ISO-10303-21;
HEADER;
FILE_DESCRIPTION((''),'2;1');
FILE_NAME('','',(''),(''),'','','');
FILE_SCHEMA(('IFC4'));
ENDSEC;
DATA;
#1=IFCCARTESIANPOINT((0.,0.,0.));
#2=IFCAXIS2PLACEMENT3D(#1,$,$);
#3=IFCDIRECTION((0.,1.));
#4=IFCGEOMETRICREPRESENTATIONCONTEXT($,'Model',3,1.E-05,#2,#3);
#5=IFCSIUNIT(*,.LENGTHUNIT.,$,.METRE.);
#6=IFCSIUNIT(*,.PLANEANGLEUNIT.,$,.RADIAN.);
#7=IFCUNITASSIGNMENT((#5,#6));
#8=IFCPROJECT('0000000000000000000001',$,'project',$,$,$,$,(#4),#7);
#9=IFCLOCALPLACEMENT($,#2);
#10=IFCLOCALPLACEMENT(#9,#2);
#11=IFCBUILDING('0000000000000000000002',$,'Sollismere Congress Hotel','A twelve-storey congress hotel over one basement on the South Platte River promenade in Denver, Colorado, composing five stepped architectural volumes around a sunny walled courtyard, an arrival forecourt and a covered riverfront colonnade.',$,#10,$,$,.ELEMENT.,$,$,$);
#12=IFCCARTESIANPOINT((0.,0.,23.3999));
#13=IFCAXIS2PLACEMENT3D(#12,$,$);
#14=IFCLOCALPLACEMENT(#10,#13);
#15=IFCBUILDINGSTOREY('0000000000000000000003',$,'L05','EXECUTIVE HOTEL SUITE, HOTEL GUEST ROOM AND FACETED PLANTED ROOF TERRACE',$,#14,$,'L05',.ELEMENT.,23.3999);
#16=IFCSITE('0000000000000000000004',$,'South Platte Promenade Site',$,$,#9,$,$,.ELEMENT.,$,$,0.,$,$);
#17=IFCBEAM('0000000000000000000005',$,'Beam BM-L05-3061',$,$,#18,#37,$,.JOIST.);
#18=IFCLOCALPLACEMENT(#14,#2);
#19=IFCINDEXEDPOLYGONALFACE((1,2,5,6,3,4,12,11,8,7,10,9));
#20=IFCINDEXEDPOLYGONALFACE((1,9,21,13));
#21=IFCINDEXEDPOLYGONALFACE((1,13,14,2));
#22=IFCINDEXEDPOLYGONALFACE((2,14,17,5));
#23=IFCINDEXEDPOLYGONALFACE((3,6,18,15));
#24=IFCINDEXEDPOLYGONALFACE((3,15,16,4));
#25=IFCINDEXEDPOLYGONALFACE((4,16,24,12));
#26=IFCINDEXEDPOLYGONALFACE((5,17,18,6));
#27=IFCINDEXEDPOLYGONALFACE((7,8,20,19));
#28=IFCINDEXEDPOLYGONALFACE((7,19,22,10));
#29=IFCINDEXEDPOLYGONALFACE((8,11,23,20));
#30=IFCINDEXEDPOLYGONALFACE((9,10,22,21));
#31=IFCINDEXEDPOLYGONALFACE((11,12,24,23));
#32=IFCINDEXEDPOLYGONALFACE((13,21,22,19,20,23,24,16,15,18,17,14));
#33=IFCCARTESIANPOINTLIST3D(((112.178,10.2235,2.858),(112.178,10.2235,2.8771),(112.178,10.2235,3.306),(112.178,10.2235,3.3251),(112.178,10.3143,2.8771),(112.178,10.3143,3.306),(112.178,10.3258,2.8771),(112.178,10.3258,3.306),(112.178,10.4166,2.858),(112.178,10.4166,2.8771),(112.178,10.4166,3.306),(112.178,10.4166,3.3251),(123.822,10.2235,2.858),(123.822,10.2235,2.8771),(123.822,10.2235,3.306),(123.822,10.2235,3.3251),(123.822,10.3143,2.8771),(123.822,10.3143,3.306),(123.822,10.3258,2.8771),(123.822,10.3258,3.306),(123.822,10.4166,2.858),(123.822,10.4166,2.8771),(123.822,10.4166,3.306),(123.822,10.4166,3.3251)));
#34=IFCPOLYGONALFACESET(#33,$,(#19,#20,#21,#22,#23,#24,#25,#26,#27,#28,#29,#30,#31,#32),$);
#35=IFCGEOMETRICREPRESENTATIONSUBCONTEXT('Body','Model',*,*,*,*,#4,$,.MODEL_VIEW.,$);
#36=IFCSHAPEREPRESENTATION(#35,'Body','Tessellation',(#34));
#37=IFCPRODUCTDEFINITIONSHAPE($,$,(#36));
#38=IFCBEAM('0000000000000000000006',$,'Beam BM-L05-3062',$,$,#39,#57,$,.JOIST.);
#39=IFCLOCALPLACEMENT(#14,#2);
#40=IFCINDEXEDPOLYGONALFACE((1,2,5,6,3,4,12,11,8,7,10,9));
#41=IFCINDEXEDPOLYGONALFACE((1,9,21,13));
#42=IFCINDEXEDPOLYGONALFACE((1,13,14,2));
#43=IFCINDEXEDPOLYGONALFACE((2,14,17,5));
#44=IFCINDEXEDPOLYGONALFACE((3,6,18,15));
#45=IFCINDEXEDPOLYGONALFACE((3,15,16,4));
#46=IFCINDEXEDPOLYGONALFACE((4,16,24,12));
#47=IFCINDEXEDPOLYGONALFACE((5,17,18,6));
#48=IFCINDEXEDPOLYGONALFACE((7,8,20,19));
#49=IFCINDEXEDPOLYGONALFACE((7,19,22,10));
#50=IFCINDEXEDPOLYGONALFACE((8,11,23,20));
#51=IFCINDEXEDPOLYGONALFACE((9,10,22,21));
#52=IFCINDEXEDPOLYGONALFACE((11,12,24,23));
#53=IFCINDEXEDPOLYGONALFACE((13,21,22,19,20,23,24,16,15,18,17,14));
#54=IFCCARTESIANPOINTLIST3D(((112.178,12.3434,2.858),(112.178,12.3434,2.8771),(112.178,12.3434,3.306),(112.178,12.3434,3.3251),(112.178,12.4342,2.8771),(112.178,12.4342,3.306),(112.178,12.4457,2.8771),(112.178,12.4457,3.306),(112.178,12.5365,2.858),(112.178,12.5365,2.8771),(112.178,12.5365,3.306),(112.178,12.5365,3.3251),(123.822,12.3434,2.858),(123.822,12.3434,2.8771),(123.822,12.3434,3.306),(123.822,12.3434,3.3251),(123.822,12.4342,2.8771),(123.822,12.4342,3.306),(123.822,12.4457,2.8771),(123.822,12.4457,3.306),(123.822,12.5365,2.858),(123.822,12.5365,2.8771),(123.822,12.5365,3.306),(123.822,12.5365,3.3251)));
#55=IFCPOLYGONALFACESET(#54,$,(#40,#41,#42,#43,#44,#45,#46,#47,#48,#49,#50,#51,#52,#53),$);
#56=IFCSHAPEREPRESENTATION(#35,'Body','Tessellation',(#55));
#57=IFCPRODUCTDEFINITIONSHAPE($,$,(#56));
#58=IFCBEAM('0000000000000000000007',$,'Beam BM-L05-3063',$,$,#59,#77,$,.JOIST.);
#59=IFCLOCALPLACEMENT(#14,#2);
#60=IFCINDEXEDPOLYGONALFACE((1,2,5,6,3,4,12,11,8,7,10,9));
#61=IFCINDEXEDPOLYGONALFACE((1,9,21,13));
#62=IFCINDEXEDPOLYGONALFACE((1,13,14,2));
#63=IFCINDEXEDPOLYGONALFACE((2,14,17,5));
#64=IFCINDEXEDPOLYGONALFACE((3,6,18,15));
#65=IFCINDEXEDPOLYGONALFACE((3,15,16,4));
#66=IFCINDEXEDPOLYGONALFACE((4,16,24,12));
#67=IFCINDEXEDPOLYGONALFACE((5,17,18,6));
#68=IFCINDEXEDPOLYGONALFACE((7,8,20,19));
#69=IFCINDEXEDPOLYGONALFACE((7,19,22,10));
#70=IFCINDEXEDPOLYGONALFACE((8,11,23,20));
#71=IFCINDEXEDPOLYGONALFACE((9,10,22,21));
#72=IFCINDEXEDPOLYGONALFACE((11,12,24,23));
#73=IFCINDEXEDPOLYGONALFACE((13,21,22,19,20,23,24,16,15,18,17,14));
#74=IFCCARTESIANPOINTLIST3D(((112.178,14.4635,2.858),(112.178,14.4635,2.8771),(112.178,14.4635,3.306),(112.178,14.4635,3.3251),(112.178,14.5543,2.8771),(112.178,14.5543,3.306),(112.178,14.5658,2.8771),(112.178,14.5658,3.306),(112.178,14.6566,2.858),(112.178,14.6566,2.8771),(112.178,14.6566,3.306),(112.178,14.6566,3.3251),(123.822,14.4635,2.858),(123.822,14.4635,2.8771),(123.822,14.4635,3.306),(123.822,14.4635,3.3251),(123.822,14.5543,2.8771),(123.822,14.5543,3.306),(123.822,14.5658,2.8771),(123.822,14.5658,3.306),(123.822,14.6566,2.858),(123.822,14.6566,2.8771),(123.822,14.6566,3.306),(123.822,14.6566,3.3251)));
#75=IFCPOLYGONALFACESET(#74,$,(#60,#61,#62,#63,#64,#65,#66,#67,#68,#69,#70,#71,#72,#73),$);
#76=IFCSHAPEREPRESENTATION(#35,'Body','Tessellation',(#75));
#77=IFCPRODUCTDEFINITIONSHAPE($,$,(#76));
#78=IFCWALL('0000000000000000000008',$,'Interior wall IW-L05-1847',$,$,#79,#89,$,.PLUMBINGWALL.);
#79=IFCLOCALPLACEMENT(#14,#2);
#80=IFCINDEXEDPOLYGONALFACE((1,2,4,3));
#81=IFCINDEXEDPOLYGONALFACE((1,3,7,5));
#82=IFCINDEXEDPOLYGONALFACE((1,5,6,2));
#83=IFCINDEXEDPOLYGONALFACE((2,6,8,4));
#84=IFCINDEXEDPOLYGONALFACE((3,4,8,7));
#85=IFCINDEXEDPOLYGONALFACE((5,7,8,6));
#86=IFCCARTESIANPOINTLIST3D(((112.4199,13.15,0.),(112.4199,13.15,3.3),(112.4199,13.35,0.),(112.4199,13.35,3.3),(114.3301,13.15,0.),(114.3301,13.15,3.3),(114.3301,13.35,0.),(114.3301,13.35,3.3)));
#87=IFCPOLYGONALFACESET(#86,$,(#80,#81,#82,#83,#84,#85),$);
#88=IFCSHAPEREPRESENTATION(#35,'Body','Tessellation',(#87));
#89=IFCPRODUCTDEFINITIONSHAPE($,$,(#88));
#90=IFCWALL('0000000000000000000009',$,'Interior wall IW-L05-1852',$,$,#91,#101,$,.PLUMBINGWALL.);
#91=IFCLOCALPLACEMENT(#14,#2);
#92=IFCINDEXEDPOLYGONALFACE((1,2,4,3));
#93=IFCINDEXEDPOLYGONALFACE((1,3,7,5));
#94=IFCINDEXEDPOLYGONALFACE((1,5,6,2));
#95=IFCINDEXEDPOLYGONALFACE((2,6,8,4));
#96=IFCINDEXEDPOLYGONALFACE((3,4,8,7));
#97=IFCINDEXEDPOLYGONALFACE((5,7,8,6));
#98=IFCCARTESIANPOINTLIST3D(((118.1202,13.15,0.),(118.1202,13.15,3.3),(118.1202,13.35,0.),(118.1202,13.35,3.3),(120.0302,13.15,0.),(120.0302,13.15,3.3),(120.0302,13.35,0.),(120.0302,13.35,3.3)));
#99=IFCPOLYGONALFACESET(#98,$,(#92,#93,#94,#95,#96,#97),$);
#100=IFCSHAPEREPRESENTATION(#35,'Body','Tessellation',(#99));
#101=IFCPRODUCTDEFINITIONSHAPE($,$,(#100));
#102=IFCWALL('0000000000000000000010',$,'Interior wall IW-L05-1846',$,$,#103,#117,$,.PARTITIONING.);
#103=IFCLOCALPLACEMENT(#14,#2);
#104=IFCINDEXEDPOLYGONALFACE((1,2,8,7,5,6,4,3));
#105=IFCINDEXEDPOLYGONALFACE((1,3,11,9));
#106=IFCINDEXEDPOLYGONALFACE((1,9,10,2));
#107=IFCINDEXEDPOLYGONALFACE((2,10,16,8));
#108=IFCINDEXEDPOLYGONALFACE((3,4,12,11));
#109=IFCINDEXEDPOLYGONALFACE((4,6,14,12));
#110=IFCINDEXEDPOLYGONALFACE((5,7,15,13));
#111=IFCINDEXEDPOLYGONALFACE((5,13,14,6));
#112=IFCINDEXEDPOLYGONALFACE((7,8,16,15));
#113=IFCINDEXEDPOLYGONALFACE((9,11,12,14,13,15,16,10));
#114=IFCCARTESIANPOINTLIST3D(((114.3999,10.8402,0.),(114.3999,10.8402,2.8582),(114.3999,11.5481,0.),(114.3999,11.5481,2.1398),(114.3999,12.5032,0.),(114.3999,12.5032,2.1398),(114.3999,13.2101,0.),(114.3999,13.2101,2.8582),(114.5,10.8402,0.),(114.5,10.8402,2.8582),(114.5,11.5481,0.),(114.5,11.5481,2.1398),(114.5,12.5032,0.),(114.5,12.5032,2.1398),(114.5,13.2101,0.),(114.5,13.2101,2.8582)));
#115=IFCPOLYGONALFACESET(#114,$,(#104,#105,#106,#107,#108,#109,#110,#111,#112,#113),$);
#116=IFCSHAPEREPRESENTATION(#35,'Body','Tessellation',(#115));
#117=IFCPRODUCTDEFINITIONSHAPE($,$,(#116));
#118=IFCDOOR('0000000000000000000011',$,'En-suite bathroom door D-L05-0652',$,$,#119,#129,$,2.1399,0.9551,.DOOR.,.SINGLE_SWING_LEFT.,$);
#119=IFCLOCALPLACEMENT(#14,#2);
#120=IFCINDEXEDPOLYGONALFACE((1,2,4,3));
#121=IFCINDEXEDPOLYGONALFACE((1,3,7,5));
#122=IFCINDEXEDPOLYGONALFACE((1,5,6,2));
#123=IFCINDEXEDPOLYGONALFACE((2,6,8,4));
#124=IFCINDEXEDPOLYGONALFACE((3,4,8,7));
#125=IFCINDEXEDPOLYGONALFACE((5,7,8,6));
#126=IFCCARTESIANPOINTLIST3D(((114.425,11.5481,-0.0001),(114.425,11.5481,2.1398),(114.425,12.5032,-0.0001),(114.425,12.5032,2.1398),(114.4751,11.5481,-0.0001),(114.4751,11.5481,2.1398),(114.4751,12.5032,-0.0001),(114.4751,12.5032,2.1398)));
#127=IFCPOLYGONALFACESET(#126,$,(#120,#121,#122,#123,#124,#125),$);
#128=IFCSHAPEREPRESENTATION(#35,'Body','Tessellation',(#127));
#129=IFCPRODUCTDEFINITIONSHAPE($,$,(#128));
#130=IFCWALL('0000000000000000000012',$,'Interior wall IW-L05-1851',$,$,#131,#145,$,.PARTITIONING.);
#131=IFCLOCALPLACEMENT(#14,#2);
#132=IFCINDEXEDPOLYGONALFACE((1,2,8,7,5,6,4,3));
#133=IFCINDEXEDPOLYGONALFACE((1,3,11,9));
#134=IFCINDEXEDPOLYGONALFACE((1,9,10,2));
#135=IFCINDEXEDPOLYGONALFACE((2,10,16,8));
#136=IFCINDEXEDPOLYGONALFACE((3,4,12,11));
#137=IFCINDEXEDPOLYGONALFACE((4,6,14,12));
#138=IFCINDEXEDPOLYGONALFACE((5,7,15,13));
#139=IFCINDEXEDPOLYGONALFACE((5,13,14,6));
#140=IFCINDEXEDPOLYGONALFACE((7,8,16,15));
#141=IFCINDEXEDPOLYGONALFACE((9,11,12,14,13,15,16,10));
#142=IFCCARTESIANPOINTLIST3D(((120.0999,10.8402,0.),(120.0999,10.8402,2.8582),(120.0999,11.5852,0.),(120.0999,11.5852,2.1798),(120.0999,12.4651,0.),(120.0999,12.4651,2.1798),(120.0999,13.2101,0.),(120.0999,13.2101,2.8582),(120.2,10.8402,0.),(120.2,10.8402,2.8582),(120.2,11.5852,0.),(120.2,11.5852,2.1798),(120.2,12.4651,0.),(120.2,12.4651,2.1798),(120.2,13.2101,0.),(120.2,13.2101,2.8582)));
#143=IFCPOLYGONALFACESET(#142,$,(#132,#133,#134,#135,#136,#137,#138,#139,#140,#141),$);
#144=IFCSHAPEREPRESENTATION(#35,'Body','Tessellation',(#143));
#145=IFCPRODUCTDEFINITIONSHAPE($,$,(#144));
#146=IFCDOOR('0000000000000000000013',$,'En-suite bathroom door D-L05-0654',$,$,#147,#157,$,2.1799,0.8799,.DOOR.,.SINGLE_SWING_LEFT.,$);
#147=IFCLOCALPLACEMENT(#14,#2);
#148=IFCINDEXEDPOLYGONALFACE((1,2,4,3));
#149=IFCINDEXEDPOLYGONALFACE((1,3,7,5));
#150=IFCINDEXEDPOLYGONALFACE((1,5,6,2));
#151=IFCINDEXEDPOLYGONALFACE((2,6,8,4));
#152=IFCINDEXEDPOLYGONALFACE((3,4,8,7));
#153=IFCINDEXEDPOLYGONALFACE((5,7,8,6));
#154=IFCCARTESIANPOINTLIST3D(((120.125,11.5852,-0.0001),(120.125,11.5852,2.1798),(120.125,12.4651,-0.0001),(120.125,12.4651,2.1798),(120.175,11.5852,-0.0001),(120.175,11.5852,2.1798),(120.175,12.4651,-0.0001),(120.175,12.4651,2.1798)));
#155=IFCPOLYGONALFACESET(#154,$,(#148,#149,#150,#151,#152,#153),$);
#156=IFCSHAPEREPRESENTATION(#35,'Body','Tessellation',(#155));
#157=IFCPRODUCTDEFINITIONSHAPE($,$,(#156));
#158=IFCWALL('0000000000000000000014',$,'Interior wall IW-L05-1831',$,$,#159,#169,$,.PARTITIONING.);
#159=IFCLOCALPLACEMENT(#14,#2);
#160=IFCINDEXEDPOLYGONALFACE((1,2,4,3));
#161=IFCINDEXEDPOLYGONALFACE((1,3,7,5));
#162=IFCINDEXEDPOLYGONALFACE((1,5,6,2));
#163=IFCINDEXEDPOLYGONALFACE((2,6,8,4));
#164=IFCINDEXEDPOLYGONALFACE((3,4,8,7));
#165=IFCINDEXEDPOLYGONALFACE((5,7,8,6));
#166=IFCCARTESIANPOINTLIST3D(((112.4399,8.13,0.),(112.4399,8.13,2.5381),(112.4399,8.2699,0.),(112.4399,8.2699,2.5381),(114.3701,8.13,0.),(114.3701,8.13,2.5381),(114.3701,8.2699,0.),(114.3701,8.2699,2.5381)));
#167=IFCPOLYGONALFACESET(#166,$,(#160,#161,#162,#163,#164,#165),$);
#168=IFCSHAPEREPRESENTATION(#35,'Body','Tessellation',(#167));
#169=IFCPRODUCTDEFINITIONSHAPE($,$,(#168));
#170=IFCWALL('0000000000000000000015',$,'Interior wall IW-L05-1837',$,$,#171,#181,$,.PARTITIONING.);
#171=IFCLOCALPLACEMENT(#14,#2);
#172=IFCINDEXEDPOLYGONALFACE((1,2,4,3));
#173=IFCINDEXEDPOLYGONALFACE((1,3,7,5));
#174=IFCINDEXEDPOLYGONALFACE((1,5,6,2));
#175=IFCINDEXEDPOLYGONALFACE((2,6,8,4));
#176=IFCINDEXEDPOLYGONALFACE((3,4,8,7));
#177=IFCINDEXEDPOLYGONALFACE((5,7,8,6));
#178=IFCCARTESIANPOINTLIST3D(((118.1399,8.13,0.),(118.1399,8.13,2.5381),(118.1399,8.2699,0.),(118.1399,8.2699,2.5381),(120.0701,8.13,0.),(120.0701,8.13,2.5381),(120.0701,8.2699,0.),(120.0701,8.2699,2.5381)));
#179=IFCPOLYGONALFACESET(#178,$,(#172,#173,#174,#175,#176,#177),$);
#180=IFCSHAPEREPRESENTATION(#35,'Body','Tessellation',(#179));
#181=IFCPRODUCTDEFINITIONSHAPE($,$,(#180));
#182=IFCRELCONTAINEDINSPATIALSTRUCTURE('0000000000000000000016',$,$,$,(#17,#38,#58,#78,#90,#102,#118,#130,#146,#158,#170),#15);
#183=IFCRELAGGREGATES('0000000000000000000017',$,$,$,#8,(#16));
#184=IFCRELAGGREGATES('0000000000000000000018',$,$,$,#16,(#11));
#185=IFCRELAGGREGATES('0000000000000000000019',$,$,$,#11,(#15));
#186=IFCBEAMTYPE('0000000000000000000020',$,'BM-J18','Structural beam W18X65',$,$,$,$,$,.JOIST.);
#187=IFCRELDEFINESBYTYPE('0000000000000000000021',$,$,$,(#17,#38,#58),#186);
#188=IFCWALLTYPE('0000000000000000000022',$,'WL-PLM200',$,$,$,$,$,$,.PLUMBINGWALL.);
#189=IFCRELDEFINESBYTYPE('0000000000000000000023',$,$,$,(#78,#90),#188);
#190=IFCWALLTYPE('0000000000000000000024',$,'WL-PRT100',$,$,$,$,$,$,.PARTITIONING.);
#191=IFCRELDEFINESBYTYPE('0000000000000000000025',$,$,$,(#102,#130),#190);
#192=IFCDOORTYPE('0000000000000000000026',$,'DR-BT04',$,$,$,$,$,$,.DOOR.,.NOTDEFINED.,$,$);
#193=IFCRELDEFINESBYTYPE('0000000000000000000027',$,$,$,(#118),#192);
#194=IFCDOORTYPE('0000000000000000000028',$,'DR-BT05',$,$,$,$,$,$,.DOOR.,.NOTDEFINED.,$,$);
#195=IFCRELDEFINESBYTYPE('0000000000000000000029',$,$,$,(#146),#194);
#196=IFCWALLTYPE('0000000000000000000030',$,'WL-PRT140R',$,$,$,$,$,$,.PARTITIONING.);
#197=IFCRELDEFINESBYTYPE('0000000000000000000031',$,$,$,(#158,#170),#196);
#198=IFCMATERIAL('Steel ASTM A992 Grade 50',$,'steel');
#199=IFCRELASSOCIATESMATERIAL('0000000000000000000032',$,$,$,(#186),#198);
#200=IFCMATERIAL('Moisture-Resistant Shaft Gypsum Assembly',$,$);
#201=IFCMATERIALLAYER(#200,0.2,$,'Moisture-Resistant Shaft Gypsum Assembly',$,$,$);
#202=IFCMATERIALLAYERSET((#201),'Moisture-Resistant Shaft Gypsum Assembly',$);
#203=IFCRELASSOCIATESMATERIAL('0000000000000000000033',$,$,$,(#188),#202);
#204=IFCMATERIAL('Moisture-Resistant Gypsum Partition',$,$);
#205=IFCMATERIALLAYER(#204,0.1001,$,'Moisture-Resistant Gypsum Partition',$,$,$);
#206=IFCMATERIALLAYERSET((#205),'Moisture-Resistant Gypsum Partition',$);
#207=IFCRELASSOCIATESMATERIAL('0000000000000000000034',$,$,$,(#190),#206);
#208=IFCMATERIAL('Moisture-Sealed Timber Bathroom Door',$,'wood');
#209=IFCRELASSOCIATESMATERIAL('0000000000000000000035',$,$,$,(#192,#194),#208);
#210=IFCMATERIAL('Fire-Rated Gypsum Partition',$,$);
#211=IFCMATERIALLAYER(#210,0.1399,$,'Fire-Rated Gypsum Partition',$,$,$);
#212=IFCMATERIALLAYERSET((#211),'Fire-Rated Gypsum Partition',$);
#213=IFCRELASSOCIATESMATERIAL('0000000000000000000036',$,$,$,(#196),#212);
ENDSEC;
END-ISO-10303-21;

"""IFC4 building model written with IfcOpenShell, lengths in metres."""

from ifc_helpers import new_model, si_unit, direction, frame, frame_2d, origin, origin_2d, place, context, subcontext, project, spatial, rectangle, i_section, extrude, material, layer, layer_set, material_profile, profile_set, type_object, element, fill, save


model = new_model("IFC4")

# Units and contexts
model_context = context("Model", 3, precision=1e-05, world=origin(), true_north=direction((0.0, 1.0)))
body_context = subcontext(model_context, "Body", "Model", "MODEL_VIEW")
ifc_project = project(units=[si_unit("LENGTHUNIT", "METRE"), si_unit("PLANEANGLEUNIT", "RADIAN")], contexts=[model_context])

# Site, building, storey
site_placement = place(None, origin())
site = spatial("IfcSite", under=ifc_project, at=site_placement, Name="South Platte Promenade Site", CompositionType="ELEMENT", RefElevation=0.0)
building_placement = place(site_placement, origin())
building = spatial("IfcBuilding", under=site, at=building_placement, Name="Sollismere Congress Hotel", Description="A twelve-storey congress hotel over one basement on the South Platte River promenade in Denver, Colorado, composing five stepped architectural volumes around a sunny walled courtyard, an arrival forecourt and a covered riverfront colonnade.", CompositionType="ELEMENT")
storey_placement = place(building_placement, frame((0.0, 0.0, 23.3999)))
storey = spatial("IfcBuildingStorey", under=building, at=storey_placement, Name="L05", Description="EXECUTIVE HOTEL SUITE, HOTEL GUEST ROOM AND FACETED PLANTED ROOF TERRACE", LongName="L05", CompositionType="ELEMENT", Elevation=23.3999)

# Shared definitions
ifc_material_1 = material(Name="Steel ASTM A992 Grade 50", Category="steel")

# Beams
ifc_material_profile_1 = material_profile(ifc_material_1, i_section(OverallWidth=0.1931, OverallDepth=0.467, WebThickness=0.0115, FlangeThickness=0.019, at=origin_2d()), Name="W18X65")
ifc_profile_set_1 = profile_set([ifc_material_profile_1], Name="Steel ASTM A992 Grade 50")
beam_type_1 = type_object("IfcBeamType", Name="BM-J18", Description="Structural beam W18X65", PredefinedType="JOIST", material=ifc_profile_set_1)
for number, where, z_axis, x_axis, name in (
    (1, (112.178, 10.3201, 3.0916), (1.0, 0.0, 0.0), (0.0, 1.0, 0.0), "Beam BM-L05-3061"),
    (2, (112.178, 12.4399, 3.0916), (1.0, 0.0, 0.0), (0.0, 1.0, 0.0), "Beam BM-L05-3062"),
    (3, (112.178, 14.5601, 3.0916), (1.0, 0.0, 0.0), (0.0, 1.0, 0.0), "Beam BM-L05-3063"),
):
    element("IfcBeam", number, at=place(storey_placement, frame(where, z_axis=z_axis, x_axis=x_axis)), inside=storey, type_object=beam_type_1, Name=name, PredefinedType="JOIST", context=body_context, shape_type="SweptSolid", body=[
        extrude(i_section(OverallWidth=0.1931, OverallDepth=0.467, WebThickness=0.0115, FlangeThickness=0.019, at=origin_2d()), origin(), (0.0, 0.0, 1.0), 11.644),
    ])

# Walls
ifc_material_2 = material(Name="Moisture-Resistant Shaft Gypsum Assembly")
ifc_layer_1 = layer(ifc_material_2, 0.2, Name="Moisture-Resistant Shaft Gypsum Assembly")
ifc_layer_set_1 = layer_set([ifc_layer_1], Name="Moisture-Resistant Shaft Gypsum Assembly")
wall_type_1 = type_object("IfcWallType", Name="WL-PLM200", PredefinedType="PLUMBINGWALL", material=ifc_layer_set_1)
wall_1_placement = place(storey_placement, frame((112.4199, 13.25, 0.0), z_axis=(0.0, 0.0, 1.0), x_axis=(1.0, 0.0, 0.0)))
element("IfcWall", 4, at=wall_1_placement, inside=storey, type_object=wall_type_1, Name="Interior wall IW-L05-1847", PredefinedType="PLUMBINGWALL", context=body_context, shape_type="SweptSolid", body=[
    extrude(rectangle(XDim=1.9102, YDim=0.2, at=frame_2d((0.9551, 0.0))), origin(), (0.0, 0.0, 1.0), 3.3),
])
wall_2_placement = place(storey_placement, frame((118.1201, 13.25, 0.0), z_axis=(0.0, 0.0, 1.0), x_axis=(1.0, 0.0, 0.0)))
element("IfcWall", 5, at=wall_2_placement, inside=storey, type_object=wall_type_1, Name="Interior wall IW-L05-1852", PredefinedType="PLUMBINGWALL", context=body_context, shape_type="SweptSolid", body=[
    extrude(rectangle(XDim=1.9099, YDim=0.2, at=frame_2d((0.9551, 0.0))), origin(), (0.0, 0.0, 1.0), 3.3),
])

# Walls, openings, doors
ifc_material_3 = material(Name="Moisture-Resistant Gypsum Partition")
ifc_layer_2 = layer(ifc_material_3, 0.1001, Name="Moisture-Resistant Gypsum Partition")
ifc_layer_set_2 = layer_set([ifc_layer_2], Name="Moisture-Resistant Gypsum Partition")
wall_type_2 = type_object("IfcWallType", Name="WL-PRT100", PredefinedType="PARTITIONING", material=ifc_layer_set_2)
wall_3_placement = place(storey_placement, frame((114.45, 10.8401, 0.0), z_axis=(0.0, 0.0, 1.0), x_axis=(0.0, 1.0, 0.0)))
wall_3 = element("IfcWall", 6, at=wall_3_placement, inside=storey, type_object=wall_type_2, Name="Interior wall IW-L05-1846", PredefinedType="PARTITIONING", context=body_context, shape_type="SweptSolid", body=[
    extrude(rectangle(XDim=2.3699, YDim=0.1001, at=frame_2d((1.1851, 0.0))), origin(), (0.0, 0.0, 1.0), 2.8582),
])
opening_1_placement = place(wall_3_placement, frame((0.708, 0.0, 0.0)))
opening_1 = element("IfcOpeningElement", 7, at=opening_1_placement, cuts=wall_3, PredefinedType="OPENING", context=body_context, shape_type="SweptSolid", body=[
    extrude(rectangle(XDim=0.9551, YDim=2.1399, at=frame_2d((0.4775, 1.0698))), frame((0.0, 0.0601, 0.0), z_axis=(0.0, -1.0, 0.0), x_axis=(1.0, 0.0, 0.0)), (0.0, 0.0, 1.0), 0.1201),
])
ifc_material_4 = material(Name="Moisture-Sealed Timber Bathroom Door", Category="wood")
door_type_1 = type_object("IfcDoorType", Name="DR-BT04", OperationType="NOTDEFINED", PredefinedType="DOOR", material=ifc_material_4)
door_1_placement = place(opening_1_placement, origin())
door_1 = element("IfcDoor", 8, at=door_1_placement, inside=storey, type_object=door_type_1, Name="En-suite bathroom door D-L05-0652", OperationType="SINGLE_SWING_LEFT", OverallHeight=2.1399, OverallWidth=0.9551, PredefinedType="DOOR", context=body_context, shape_type="SweptSolid", body=[
    extrude(rectangle(XDim=0.9551, YDim=2.1399, at=frame_2d((0.4775, 1.0698))), frame((0.0, 0.0249, 0.0), z_axis=(0.0, -1.0, 0.0), x_axis=(1.0, 0.0, 0.0)), (0.0, 0.0, 1.0), 0.05),
])
fill(opening_1, door_1)
wall_4_placement = place(storey_placement, frame((120.1499, 10.8401, 0.0), z_axis=(0.0, 0.0, 1.0), x_axis=(0.0, 1.0, 0.0)))
wall_4 = element("IfcWall", 9, at=wall_4_placement, inside=storey, type_object=wall_type_2, Name="Interior wall IW-L05-1851", PredefinedType="PARTITIONING", context=body_context, shape_type="SweptSolid", body=[
    extrude(rectangle(XDim=2.3699, YDim=0.1001, at=frame_2d((1.1851, 0.0))), origin(), (0.0, 0.0, 1.0), 2.8582),
])
opening_2_placement = place(wall_4_placement, frame((0.7451, 0.0, 0.0)))
opening_2 = element("IfcOpeningElement", 10, at=opening_2_placement, cuts=wall_4, PredefinedType="OPENING", context=body_context, shape_type="SweptSolid", body=[
    extrude(rectangle(XDim=0.8799, YDim=2.1799, at=frame_2d((0.4399, 1.0898))), frame((0.0, 0.0601, 0.0), z_axis=(0.0, -1.0, 0.0), x_axis=(1.0, 0.0, 0.0)), (0.0, 0.0, 1.0), 0.1201),
])
door_type_2 = type_object("IfcDoorType", Name="DR-BT05", OperationType="NOTDEFINED", PredefinedType="DOOR", material=ifc_material_4)
door_2_placement = place(opening_2_placement, origin())
door_2 = element("IfcDoor", 11, at=door_2_placement, inside=storey, type_object=door_type_2, Name="En-suite bathroom door D-L05-0654", OperationType="SINGLE_SWING_LEFT", OverallHeight=2.1799, OverallWidth=0.8799, PredefinedType="DOOR", context=body_context, shape_type="SweptSolid", body=[
    extrude(rectangle(XDim=0.8799, YDim=2.1799, at=frame_2d((0.4399, 1.0898))), frame((0.0, 0.0249, 0.0), z_axis=(0.0, -1.0, 0.0), x_axis=(1.0, 0.0, 0.0)), (0.0, 0.0, 1.0), 0.05),
])
fill(opening_2, door_2)

# Wall
ifc_material_5 = material(Name="Fire-Rated Gypsum Partition")
ifc_layer_3 = layer(ifc_material_5, 0.1399, Name="Fire-Rated Gypsum Partition")
ifc_layer_set_3 = layer_set([ifc_layer_3], Name="Fire-Rated Gypsum Partition")
wall_type_3 = type_object("IfcWallType", Name="WL-PRT140R", PredefinedType="PARTITIONING", material=ifc_layer_set_3)
wall_5_placement = place(storey_placement, frame((112.4399, 8.2, 0.0), z_axis=(0.0, 0.0, 1.0), x_axis=(1.0, 0.0, 0.0)))
element("IfcWall", 12, at=wall_5_placement, inside=storey, type_object=wall_type_3, Name="Interior wall IW-L05-1831", PredefinedType="PARTITIONING", context=body_context, shape_type="SweptSolid", body=[
    extrude(rectangle(XDim=1.9302, YDim=0.1399, at=frame_2d((0.9651, 0.0))), origin(), (0.0, 0.0, 1.0), 2.5381),
])

# Wall
wall_6_placement = place(storey_placement, frame((118.1399, 8.2, 0.0), z_axis=(0.0, 0.0, 1.0), x_axis=(1.0, 0.0, 0.0)))
element("IfcWall", 13, at=wall_6_placement, inside=storey, type_object=wall_type_3, Name="Interior wall IW-L05-1837", PredefinedType="PARTITIONING", context=body_context, shape_type="SweptSolid", body=[
    extrude(rectangle(XDim=1.9302, YDim=0.1399, at=frame_2d((0.9651, 0.0))), origin(), (0.0, 0.0, 1.0), 2.5381),
])

save(model, "model.ifc")
